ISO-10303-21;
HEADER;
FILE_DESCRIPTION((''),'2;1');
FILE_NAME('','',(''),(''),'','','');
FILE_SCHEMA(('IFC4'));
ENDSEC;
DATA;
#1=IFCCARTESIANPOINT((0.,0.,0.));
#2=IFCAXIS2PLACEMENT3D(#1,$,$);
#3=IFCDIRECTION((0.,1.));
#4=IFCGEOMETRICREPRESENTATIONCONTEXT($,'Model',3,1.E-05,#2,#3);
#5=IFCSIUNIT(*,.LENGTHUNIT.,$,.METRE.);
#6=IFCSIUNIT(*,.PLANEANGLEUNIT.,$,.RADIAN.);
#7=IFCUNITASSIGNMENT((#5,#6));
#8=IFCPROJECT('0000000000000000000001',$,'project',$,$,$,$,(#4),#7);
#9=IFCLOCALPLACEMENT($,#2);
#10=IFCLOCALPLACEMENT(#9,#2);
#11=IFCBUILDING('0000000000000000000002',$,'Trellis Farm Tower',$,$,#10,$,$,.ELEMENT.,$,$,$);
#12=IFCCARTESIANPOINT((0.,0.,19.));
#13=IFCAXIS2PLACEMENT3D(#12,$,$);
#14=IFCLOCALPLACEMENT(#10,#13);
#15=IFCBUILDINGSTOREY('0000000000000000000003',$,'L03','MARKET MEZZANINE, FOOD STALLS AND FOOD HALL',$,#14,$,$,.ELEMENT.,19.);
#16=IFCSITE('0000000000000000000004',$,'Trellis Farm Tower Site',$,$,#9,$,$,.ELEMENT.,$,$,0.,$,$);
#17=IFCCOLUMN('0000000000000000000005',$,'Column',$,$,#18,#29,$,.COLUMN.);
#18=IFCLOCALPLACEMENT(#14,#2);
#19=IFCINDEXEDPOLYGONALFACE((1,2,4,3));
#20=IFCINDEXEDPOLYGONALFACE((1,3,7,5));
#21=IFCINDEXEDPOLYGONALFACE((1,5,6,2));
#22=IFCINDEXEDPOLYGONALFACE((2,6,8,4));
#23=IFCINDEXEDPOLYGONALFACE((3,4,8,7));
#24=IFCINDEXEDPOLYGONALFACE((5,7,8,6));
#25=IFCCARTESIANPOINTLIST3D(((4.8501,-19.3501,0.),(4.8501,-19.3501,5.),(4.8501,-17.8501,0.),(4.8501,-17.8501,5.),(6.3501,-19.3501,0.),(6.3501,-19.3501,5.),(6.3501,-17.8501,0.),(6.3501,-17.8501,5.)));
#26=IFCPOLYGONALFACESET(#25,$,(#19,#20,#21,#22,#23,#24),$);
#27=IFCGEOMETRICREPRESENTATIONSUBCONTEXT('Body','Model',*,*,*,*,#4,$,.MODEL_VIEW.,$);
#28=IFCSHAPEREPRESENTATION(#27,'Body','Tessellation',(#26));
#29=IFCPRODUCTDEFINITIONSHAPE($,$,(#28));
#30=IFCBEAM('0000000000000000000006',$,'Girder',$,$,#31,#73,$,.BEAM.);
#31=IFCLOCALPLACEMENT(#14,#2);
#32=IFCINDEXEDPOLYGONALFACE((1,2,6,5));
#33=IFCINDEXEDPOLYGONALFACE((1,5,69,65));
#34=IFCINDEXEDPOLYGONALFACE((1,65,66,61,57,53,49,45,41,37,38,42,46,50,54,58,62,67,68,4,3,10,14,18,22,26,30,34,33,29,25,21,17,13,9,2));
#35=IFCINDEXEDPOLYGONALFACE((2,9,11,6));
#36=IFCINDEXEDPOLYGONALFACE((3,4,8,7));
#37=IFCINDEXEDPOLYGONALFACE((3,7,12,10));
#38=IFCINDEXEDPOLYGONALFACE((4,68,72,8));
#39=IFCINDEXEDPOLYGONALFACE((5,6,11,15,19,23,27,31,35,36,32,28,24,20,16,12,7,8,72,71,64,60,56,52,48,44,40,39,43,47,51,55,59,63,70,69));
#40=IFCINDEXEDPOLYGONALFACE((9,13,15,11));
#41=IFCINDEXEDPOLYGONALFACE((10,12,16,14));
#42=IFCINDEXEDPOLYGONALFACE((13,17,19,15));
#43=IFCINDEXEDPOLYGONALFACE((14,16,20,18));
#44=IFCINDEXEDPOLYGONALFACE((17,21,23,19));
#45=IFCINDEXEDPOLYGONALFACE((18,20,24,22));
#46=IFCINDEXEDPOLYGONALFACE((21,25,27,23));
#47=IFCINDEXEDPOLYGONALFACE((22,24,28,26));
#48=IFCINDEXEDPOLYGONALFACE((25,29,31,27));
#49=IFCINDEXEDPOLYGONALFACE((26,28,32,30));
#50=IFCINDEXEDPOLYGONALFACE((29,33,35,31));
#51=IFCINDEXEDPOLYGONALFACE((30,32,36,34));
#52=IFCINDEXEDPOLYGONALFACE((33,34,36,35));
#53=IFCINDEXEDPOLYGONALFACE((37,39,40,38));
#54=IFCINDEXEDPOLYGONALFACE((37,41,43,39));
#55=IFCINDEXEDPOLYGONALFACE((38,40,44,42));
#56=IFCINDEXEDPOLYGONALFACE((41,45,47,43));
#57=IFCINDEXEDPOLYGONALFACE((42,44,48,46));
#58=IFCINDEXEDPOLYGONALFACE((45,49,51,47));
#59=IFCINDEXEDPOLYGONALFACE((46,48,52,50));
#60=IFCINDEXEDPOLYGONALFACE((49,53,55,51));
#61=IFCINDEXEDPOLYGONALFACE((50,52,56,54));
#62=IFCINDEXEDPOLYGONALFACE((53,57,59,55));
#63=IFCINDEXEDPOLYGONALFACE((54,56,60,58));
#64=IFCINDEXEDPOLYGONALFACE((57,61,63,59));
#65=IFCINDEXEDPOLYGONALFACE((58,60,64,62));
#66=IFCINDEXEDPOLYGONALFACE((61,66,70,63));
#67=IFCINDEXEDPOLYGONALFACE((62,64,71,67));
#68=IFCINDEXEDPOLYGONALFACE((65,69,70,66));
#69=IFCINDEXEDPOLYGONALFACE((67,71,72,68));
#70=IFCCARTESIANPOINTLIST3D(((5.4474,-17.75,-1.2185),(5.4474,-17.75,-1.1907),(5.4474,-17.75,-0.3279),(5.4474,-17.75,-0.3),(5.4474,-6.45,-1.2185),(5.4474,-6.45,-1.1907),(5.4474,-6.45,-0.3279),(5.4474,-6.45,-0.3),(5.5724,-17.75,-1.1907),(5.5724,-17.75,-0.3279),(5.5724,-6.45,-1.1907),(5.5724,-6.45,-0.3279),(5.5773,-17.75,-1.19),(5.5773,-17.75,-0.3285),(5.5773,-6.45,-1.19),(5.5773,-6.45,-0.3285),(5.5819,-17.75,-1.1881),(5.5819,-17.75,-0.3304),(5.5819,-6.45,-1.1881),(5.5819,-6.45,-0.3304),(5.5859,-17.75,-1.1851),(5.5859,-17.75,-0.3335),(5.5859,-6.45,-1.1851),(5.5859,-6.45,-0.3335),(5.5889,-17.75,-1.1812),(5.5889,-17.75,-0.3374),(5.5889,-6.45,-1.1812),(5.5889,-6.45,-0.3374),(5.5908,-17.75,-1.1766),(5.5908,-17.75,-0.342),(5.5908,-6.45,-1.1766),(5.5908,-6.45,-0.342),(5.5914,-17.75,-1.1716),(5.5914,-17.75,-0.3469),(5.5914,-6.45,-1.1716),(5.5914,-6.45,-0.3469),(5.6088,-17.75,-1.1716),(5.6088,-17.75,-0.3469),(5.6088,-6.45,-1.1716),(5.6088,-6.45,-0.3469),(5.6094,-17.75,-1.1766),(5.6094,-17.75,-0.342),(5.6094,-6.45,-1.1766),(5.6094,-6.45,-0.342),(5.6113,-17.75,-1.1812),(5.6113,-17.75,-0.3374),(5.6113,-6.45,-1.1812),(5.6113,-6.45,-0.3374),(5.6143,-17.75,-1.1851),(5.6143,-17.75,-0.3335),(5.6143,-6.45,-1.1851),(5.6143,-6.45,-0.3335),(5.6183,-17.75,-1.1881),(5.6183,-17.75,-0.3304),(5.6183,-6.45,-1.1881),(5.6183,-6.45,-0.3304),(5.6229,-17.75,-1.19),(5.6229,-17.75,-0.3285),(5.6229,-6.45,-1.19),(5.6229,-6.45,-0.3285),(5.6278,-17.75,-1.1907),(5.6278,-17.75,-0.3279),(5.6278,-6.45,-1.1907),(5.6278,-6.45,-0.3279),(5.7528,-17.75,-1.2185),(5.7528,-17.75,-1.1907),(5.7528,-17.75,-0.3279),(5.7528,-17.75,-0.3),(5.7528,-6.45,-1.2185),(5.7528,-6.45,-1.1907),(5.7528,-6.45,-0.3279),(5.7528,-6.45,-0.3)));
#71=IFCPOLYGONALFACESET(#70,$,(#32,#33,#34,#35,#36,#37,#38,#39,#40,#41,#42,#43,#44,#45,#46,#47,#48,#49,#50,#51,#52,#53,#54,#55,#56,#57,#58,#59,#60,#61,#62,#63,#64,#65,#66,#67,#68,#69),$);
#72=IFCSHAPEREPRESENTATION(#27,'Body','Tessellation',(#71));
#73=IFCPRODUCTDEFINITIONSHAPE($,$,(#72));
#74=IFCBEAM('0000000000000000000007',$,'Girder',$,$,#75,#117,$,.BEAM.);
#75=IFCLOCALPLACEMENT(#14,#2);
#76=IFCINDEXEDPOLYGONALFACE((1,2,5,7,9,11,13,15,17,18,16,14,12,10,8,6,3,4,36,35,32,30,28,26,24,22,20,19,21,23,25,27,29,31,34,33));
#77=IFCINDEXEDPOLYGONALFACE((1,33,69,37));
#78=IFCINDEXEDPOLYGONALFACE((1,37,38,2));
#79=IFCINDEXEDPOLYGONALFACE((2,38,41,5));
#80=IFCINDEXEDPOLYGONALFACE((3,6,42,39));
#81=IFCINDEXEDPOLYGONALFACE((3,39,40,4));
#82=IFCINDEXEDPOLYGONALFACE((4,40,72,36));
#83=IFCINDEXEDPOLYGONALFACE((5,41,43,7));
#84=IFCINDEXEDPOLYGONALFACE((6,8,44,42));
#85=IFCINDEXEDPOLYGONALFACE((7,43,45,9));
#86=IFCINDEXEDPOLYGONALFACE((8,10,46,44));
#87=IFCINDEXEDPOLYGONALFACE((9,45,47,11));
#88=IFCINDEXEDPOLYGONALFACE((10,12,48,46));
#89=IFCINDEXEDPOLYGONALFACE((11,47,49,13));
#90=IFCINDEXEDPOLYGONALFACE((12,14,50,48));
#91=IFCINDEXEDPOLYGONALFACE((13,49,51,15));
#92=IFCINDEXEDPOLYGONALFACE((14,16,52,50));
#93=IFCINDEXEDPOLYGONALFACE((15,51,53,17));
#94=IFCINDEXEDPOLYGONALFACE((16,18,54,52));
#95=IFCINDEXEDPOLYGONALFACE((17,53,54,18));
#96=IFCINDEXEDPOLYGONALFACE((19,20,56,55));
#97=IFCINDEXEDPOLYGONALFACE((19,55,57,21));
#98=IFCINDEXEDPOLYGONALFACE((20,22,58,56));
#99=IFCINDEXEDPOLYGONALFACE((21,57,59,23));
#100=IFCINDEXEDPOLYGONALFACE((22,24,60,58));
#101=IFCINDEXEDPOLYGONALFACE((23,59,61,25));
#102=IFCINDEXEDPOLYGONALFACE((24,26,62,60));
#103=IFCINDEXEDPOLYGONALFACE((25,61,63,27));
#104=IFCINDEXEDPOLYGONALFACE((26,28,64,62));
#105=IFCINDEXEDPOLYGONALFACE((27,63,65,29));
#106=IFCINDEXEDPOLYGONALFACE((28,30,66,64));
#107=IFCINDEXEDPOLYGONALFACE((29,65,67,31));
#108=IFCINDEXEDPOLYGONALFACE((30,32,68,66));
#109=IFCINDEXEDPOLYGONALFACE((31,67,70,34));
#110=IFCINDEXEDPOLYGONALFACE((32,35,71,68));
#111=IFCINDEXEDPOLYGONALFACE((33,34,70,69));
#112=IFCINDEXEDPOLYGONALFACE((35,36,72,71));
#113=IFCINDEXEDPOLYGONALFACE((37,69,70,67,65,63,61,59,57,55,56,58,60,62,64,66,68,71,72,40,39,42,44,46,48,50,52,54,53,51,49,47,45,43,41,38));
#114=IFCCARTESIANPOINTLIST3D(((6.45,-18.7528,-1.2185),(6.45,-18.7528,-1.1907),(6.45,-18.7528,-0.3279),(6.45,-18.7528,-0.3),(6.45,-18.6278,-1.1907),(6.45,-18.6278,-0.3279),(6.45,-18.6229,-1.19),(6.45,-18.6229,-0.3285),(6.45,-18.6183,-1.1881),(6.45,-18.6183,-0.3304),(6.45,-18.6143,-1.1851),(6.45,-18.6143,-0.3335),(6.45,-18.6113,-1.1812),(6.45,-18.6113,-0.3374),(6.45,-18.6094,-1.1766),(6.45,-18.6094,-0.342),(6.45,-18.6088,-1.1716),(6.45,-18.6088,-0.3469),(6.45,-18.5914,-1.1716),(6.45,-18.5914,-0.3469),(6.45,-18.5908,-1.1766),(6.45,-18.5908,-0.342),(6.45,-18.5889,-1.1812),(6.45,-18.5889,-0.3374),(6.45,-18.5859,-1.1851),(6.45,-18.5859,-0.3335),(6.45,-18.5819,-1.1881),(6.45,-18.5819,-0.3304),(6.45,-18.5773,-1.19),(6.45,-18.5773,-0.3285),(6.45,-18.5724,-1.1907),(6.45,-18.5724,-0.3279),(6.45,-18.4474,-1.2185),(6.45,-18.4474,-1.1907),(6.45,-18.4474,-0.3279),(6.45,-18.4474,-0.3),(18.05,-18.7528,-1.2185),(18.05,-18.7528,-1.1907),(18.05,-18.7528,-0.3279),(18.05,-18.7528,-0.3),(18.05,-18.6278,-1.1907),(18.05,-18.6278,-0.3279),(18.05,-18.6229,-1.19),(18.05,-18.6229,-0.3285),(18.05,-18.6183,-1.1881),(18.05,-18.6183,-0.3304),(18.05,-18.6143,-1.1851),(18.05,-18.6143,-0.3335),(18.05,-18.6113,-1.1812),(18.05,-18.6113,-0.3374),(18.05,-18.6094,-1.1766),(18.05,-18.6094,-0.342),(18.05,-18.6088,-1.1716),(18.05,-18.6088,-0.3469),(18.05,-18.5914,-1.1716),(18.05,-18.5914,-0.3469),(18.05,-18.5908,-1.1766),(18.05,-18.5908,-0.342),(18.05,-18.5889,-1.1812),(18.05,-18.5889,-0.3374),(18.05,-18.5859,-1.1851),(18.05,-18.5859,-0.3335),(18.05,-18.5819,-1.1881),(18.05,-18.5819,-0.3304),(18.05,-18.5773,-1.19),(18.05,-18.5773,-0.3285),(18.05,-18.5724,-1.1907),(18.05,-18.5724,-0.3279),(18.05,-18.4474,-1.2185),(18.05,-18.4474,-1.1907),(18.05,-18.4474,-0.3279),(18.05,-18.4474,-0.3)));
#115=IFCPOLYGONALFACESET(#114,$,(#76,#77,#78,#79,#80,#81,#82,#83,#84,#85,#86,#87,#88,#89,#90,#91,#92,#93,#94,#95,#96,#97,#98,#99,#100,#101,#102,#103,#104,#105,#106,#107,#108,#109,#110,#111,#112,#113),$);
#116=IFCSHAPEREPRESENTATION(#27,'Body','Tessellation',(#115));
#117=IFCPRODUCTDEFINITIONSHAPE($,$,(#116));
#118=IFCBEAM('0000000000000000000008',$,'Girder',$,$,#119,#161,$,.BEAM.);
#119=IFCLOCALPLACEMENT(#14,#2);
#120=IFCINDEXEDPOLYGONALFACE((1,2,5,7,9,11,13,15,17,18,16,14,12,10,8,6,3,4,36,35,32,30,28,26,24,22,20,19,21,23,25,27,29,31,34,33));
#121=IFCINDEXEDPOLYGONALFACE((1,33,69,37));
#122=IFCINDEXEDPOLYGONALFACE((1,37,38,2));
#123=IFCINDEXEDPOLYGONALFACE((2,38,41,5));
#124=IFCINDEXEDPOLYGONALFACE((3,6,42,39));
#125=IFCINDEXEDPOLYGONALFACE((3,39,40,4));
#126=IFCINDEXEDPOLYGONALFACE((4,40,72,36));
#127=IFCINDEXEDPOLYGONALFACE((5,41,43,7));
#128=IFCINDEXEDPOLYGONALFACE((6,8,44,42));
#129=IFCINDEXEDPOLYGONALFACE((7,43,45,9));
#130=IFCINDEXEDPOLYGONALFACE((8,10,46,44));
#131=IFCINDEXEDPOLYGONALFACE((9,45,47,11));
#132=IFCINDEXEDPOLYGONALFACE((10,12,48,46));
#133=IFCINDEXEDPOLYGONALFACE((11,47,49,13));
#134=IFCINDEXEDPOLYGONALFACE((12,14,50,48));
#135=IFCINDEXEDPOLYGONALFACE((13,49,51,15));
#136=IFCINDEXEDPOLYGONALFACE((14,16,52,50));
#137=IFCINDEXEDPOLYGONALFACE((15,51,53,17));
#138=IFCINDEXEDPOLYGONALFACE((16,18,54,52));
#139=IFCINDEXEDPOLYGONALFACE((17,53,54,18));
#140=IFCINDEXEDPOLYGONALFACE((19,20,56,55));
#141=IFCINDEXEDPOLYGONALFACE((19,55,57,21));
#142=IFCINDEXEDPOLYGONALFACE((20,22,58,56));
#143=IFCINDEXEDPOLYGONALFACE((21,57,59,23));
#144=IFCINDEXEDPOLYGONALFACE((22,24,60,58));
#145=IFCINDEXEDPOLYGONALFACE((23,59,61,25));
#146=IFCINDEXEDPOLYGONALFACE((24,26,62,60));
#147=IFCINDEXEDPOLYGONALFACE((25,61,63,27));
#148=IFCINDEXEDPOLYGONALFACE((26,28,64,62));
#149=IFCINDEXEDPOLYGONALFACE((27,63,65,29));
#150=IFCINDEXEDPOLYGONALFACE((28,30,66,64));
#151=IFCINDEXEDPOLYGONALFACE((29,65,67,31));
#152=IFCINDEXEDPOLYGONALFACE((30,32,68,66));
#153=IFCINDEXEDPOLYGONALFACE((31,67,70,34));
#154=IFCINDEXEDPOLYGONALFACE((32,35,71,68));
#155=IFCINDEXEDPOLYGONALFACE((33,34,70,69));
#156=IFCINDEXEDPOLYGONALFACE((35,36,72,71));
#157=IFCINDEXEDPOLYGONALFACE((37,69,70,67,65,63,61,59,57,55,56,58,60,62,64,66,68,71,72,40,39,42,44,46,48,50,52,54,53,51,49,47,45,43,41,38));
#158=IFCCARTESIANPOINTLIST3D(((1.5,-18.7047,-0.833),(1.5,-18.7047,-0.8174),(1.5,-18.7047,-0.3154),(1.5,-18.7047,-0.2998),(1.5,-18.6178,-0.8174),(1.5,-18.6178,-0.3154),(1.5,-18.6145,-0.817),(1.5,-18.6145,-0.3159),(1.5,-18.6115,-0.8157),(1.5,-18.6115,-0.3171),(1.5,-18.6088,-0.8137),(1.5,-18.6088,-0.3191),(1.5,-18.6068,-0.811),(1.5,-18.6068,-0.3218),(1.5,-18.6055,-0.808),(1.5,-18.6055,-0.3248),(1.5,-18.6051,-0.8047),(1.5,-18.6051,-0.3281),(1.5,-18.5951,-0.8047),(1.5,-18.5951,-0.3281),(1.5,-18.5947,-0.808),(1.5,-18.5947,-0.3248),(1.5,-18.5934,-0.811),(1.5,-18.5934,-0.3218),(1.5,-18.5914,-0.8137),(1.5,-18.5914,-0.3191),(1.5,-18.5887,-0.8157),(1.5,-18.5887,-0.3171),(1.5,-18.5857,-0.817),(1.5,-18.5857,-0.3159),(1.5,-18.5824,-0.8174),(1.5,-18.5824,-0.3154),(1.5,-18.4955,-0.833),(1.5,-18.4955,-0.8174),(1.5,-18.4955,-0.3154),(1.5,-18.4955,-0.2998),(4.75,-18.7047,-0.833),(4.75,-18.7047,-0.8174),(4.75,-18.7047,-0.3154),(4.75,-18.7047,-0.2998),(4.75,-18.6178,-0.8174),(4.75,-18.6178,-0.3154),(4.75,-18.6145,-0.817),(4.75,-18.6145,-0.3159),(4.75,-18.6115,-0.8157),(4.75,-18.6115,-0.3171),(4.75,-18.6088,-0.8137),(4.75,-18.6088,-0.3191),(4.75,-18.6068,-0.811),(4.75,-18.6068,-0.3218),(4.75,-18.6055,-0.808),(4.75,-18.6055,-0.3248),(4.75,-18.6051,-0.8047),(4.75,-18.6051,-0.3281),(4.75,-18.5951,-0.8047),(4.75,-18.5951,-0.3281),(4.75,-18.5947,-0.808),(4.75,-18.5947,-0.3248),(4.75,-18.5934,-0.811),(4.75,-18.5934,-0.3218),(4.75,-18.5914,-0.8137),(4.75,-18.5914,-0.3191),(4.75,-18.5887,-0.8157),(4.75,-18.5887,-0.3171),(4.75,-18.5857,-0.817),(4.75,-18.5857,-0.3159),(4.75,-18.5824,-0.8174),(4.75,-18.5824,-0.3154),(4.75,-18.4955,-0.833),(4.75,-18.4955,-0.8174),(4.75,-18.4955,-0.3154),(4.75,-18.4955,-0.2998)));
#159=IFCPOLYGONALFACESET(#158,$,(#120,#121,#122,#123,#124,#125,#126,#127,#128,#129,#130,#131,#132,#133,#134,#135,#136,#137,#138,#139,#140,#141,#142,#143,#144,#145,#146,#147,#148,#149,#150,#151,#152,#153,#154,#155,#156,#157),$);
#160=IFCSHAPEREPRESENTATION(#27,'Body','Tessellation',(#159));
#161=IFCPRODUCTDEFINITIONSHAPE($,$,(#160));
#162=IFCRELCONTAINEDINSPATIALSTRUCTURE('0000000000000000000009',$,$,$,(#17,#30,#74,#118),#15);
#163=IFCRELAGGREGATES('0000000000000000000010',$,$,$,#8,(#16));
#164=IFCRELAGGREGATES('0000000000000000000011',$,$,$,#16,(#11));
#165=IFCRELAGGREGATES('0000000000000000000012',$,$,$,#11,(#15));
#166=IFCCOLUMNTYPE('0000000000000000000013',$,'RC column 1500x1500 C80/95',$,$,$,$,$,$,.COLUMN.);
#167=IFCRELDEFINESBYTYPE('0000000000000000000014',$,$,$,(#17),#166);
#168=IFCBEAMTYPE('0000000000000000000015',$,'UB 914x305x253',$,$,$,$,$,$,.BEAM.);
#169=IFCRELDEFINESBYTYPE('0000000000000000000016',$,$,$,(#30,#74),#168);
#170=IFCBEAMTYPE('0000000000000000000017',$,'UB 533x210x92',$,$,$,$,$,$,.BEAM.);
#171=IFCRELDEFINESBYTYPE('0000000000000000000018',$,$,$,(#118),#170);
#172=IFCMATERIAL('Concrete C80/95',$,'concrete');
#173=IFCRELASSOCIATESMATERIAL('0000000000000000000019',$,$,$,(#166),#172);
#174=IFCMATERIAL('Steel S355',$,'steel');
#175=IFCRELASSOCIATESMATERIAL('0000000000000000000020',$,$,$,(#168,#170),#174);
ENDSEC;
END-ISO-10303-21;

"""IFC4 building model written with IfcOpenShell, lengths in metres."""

from ifc_helpers import new_model, si_unit, direction, frame, origin, origin_2d, place, context, subcontext, project, spatial, rectangle, i_section, extrude, source, transform, mapped, material, material_profile, profile_set, type_object, element, save


model = new_model("IFC4")

# Units and contexts
model_context = context("Model", 3, precision=1e-05, world=origin(), true_north=direction((0.0, 1.0)))
body_context = subcontext(model_context, "Body", "Model", "MODEL_VIEW")
ifc_project = project(units=[si_unit("LENGTHUNIT", "METRE"), si_unit("PLANEANGLEUNIT", "RADIAN")], contexts=[model_context])

# Site, building, storey
site_placement = place(None, origin())
site = spatial("IfcSite", under=ifc_project, at=site_placement, Name="Trellis Farm Tower Site", CompositionType="ELEMENT", RefElevation=0.0)
building_placement = place(site_placement, origin())
building = spatial("IfcBuilding", under=site, at=building_placement, Name="Trellis Farm Tower", CompositionType="ELEMENT")
storey_placement = place(building_placement, frame((0.0, 0.0, 19.0)))
storey = spatial("IfcBuildingStorey", under=building, at=storey_placement, Name="L03", Description="MARKET MEZZANINE, FOOD STALLS AND FOOD HALL", CompositionType="ELEMENT", Elevation=19.0)

# Column
ifc_material_1 = material(Name="Concrete C80/95", Category="concrete")
ifc_material_profile_1 = material_profile(ifc_material_1, rectangle(XDim=1.5, YDim=1.5, at=origin_2d()), Name="RC column 1500x1500 C80/95")
ifc_profile_set_1 = profile_set([ifc_material_profile_1], Name="Concrete C80/95")
column_type = type_object("IfcColumnType", Name="RC column 1500x1500 C80/95", PredefinedType="COLUMN", material=ifc_profile_set_1)
shared_shape_1 = source(origin(), body_context, "Body", "SweptSolid", [
    extrude(rectangle(XDim=1.5, YDim=1.5, at=origin_2d()), origin(), (0.0, 0.0, 1.0), 5.0),
])
column_placement = place(storey_placement, frame((5.6001, -18.6001, 0.0), z_axis=(0.0, 0.0, 1.0), x_axis=(1.0, 0.0, 0.0)))
element("IfcColumn", 1, at=column_placement, inside=storey, type_object=column_type, Name="Column", PredefinedType="COLUMN", context=body_context, shape_type="MappedRepresentation", body=[
    mapped(shared_shape_1, transform((0.0, 0.0, 0.0))),
])

# Beams
ifc_material_2 = material(Name="Steel S355", Category="steel")
ifc_material_profile_2 = material_profile(ifc_material_2, i_section(OverallWidth=0.3054, OverallDepth=0.9185, WebThickness=0.0173, FlangeThickness=0.0278, FilletRadius=0.019, at=origin_2d()), Name="UB 914x305x253")
ifc_profile_set_2 = profile_set([ifc_material_profile_2], Name="Steel S355")
beam_type_1 = type_object("IfcBeamType", Name="UB 914x305x253", PredefinedType="BEAM", material=ifc_profile_set_2)
shared_shape_2 = source(origin(), body_context, "Body", "SweptSolid", [
    extrude(i_section(OverallWidth=0.3054, OverallDepth=0.9185, WebThickness=0.0173, FlangeThickness=0.0278, FilletRadius=0.019, at=origin_2d()), origin(), (0.0, 0.0, 1.0), 11.3),
])
beam_1_placement = place(storey_placement, frame((5.6001, -17.75, -0.7593), z_axis=(0.0, 1.0, 0.0), x_axis=(-1.0, 0.0, 0.0)))
element("IfcBeam", 2, at=beam_1_placement, inside=storey, type_object=beam_type_1, Name="Girder", PredefinedType="BEAM", context=body_context, shape_type="MappedRepresentation", body=[
    mapped(shared_shape_2, transform((0.0, 0.0, 0.0))),
])
shared_shape_3 = source(origin(), body_context, "Body", "SweptSolid", [
    extrude(i_section(OverallWidth=0.3054, OverallDepth=0.9185, WebThickness=0.0173, FlangeThickness=0.0278, FilletRadius=0.019, at=origin_2d()), origin(), (0.0, 0.0, 1.0), 11.6001),
])
beam_2_placement = place(storey_placement, frame((6.45, -18.6001, -0.7593), z_axis=(1.0, 0.0, 0.0), x_axis=(0.0, 1.0, 0.0)))
element("IfcBeam", 3, at=beam_2_placement, inside=storey, type_object=beam_type_1, Name="Girder", PredefinedType="BEAM", context=body_context, shape_type="MappedRepresentation", body=[
    mapped(shared_shape_3, transform((0.0, 0.0, 0.0))),
])
ifc_material_profile_3 = material_profile(ifc_material_2, i_section(OverallWidth=0.2092, OverallDepth=0.5332, WebThickness=0.01, FlangeThickness=0.0156, FilletRadius=0.0127, at=origin_2d()), Name="UB 533x210x92")
ifc_profile_set_3 = profile_set([ifc_material_profile_3], Name="Steel S355")
beam_type_2 = type_object("IfcBeamType", Name="UB 533x210x92", PredefinedType="BEAM", material=ifc_profile_set_3)
shared_shape_4 = source(origin(), body_context, "Body", "SweptSolid", [
    extrude(i_section(OverallWidth=0.2092, OverallDepth=0.5332, WebThickness=0.01, FlangeThickness=0.0156, FilletRadius=0.0127, at=origin_2d()), origin(), (0.0, 0.0, 1.0), 3.25),
])
beam_3_placement = place(storey_placement, frame((1.5, -18.6001, -0.5664), z_axis=(1.0, 0.0, 0.0), x_axis=(0.0, 1.0, 0.0)))
element("IfcBeam", 4, at=beam_3_placement, inside=storey, type_object=beam_type_2, Name="Girder", PredefinedType="BEAM", context=body_context, shape_type="MappedRepresentation", body=[
    mapped(shared_shape_4, transform((0.0, 0.0, 0.0))),
])

save(model, "model.ifc")
